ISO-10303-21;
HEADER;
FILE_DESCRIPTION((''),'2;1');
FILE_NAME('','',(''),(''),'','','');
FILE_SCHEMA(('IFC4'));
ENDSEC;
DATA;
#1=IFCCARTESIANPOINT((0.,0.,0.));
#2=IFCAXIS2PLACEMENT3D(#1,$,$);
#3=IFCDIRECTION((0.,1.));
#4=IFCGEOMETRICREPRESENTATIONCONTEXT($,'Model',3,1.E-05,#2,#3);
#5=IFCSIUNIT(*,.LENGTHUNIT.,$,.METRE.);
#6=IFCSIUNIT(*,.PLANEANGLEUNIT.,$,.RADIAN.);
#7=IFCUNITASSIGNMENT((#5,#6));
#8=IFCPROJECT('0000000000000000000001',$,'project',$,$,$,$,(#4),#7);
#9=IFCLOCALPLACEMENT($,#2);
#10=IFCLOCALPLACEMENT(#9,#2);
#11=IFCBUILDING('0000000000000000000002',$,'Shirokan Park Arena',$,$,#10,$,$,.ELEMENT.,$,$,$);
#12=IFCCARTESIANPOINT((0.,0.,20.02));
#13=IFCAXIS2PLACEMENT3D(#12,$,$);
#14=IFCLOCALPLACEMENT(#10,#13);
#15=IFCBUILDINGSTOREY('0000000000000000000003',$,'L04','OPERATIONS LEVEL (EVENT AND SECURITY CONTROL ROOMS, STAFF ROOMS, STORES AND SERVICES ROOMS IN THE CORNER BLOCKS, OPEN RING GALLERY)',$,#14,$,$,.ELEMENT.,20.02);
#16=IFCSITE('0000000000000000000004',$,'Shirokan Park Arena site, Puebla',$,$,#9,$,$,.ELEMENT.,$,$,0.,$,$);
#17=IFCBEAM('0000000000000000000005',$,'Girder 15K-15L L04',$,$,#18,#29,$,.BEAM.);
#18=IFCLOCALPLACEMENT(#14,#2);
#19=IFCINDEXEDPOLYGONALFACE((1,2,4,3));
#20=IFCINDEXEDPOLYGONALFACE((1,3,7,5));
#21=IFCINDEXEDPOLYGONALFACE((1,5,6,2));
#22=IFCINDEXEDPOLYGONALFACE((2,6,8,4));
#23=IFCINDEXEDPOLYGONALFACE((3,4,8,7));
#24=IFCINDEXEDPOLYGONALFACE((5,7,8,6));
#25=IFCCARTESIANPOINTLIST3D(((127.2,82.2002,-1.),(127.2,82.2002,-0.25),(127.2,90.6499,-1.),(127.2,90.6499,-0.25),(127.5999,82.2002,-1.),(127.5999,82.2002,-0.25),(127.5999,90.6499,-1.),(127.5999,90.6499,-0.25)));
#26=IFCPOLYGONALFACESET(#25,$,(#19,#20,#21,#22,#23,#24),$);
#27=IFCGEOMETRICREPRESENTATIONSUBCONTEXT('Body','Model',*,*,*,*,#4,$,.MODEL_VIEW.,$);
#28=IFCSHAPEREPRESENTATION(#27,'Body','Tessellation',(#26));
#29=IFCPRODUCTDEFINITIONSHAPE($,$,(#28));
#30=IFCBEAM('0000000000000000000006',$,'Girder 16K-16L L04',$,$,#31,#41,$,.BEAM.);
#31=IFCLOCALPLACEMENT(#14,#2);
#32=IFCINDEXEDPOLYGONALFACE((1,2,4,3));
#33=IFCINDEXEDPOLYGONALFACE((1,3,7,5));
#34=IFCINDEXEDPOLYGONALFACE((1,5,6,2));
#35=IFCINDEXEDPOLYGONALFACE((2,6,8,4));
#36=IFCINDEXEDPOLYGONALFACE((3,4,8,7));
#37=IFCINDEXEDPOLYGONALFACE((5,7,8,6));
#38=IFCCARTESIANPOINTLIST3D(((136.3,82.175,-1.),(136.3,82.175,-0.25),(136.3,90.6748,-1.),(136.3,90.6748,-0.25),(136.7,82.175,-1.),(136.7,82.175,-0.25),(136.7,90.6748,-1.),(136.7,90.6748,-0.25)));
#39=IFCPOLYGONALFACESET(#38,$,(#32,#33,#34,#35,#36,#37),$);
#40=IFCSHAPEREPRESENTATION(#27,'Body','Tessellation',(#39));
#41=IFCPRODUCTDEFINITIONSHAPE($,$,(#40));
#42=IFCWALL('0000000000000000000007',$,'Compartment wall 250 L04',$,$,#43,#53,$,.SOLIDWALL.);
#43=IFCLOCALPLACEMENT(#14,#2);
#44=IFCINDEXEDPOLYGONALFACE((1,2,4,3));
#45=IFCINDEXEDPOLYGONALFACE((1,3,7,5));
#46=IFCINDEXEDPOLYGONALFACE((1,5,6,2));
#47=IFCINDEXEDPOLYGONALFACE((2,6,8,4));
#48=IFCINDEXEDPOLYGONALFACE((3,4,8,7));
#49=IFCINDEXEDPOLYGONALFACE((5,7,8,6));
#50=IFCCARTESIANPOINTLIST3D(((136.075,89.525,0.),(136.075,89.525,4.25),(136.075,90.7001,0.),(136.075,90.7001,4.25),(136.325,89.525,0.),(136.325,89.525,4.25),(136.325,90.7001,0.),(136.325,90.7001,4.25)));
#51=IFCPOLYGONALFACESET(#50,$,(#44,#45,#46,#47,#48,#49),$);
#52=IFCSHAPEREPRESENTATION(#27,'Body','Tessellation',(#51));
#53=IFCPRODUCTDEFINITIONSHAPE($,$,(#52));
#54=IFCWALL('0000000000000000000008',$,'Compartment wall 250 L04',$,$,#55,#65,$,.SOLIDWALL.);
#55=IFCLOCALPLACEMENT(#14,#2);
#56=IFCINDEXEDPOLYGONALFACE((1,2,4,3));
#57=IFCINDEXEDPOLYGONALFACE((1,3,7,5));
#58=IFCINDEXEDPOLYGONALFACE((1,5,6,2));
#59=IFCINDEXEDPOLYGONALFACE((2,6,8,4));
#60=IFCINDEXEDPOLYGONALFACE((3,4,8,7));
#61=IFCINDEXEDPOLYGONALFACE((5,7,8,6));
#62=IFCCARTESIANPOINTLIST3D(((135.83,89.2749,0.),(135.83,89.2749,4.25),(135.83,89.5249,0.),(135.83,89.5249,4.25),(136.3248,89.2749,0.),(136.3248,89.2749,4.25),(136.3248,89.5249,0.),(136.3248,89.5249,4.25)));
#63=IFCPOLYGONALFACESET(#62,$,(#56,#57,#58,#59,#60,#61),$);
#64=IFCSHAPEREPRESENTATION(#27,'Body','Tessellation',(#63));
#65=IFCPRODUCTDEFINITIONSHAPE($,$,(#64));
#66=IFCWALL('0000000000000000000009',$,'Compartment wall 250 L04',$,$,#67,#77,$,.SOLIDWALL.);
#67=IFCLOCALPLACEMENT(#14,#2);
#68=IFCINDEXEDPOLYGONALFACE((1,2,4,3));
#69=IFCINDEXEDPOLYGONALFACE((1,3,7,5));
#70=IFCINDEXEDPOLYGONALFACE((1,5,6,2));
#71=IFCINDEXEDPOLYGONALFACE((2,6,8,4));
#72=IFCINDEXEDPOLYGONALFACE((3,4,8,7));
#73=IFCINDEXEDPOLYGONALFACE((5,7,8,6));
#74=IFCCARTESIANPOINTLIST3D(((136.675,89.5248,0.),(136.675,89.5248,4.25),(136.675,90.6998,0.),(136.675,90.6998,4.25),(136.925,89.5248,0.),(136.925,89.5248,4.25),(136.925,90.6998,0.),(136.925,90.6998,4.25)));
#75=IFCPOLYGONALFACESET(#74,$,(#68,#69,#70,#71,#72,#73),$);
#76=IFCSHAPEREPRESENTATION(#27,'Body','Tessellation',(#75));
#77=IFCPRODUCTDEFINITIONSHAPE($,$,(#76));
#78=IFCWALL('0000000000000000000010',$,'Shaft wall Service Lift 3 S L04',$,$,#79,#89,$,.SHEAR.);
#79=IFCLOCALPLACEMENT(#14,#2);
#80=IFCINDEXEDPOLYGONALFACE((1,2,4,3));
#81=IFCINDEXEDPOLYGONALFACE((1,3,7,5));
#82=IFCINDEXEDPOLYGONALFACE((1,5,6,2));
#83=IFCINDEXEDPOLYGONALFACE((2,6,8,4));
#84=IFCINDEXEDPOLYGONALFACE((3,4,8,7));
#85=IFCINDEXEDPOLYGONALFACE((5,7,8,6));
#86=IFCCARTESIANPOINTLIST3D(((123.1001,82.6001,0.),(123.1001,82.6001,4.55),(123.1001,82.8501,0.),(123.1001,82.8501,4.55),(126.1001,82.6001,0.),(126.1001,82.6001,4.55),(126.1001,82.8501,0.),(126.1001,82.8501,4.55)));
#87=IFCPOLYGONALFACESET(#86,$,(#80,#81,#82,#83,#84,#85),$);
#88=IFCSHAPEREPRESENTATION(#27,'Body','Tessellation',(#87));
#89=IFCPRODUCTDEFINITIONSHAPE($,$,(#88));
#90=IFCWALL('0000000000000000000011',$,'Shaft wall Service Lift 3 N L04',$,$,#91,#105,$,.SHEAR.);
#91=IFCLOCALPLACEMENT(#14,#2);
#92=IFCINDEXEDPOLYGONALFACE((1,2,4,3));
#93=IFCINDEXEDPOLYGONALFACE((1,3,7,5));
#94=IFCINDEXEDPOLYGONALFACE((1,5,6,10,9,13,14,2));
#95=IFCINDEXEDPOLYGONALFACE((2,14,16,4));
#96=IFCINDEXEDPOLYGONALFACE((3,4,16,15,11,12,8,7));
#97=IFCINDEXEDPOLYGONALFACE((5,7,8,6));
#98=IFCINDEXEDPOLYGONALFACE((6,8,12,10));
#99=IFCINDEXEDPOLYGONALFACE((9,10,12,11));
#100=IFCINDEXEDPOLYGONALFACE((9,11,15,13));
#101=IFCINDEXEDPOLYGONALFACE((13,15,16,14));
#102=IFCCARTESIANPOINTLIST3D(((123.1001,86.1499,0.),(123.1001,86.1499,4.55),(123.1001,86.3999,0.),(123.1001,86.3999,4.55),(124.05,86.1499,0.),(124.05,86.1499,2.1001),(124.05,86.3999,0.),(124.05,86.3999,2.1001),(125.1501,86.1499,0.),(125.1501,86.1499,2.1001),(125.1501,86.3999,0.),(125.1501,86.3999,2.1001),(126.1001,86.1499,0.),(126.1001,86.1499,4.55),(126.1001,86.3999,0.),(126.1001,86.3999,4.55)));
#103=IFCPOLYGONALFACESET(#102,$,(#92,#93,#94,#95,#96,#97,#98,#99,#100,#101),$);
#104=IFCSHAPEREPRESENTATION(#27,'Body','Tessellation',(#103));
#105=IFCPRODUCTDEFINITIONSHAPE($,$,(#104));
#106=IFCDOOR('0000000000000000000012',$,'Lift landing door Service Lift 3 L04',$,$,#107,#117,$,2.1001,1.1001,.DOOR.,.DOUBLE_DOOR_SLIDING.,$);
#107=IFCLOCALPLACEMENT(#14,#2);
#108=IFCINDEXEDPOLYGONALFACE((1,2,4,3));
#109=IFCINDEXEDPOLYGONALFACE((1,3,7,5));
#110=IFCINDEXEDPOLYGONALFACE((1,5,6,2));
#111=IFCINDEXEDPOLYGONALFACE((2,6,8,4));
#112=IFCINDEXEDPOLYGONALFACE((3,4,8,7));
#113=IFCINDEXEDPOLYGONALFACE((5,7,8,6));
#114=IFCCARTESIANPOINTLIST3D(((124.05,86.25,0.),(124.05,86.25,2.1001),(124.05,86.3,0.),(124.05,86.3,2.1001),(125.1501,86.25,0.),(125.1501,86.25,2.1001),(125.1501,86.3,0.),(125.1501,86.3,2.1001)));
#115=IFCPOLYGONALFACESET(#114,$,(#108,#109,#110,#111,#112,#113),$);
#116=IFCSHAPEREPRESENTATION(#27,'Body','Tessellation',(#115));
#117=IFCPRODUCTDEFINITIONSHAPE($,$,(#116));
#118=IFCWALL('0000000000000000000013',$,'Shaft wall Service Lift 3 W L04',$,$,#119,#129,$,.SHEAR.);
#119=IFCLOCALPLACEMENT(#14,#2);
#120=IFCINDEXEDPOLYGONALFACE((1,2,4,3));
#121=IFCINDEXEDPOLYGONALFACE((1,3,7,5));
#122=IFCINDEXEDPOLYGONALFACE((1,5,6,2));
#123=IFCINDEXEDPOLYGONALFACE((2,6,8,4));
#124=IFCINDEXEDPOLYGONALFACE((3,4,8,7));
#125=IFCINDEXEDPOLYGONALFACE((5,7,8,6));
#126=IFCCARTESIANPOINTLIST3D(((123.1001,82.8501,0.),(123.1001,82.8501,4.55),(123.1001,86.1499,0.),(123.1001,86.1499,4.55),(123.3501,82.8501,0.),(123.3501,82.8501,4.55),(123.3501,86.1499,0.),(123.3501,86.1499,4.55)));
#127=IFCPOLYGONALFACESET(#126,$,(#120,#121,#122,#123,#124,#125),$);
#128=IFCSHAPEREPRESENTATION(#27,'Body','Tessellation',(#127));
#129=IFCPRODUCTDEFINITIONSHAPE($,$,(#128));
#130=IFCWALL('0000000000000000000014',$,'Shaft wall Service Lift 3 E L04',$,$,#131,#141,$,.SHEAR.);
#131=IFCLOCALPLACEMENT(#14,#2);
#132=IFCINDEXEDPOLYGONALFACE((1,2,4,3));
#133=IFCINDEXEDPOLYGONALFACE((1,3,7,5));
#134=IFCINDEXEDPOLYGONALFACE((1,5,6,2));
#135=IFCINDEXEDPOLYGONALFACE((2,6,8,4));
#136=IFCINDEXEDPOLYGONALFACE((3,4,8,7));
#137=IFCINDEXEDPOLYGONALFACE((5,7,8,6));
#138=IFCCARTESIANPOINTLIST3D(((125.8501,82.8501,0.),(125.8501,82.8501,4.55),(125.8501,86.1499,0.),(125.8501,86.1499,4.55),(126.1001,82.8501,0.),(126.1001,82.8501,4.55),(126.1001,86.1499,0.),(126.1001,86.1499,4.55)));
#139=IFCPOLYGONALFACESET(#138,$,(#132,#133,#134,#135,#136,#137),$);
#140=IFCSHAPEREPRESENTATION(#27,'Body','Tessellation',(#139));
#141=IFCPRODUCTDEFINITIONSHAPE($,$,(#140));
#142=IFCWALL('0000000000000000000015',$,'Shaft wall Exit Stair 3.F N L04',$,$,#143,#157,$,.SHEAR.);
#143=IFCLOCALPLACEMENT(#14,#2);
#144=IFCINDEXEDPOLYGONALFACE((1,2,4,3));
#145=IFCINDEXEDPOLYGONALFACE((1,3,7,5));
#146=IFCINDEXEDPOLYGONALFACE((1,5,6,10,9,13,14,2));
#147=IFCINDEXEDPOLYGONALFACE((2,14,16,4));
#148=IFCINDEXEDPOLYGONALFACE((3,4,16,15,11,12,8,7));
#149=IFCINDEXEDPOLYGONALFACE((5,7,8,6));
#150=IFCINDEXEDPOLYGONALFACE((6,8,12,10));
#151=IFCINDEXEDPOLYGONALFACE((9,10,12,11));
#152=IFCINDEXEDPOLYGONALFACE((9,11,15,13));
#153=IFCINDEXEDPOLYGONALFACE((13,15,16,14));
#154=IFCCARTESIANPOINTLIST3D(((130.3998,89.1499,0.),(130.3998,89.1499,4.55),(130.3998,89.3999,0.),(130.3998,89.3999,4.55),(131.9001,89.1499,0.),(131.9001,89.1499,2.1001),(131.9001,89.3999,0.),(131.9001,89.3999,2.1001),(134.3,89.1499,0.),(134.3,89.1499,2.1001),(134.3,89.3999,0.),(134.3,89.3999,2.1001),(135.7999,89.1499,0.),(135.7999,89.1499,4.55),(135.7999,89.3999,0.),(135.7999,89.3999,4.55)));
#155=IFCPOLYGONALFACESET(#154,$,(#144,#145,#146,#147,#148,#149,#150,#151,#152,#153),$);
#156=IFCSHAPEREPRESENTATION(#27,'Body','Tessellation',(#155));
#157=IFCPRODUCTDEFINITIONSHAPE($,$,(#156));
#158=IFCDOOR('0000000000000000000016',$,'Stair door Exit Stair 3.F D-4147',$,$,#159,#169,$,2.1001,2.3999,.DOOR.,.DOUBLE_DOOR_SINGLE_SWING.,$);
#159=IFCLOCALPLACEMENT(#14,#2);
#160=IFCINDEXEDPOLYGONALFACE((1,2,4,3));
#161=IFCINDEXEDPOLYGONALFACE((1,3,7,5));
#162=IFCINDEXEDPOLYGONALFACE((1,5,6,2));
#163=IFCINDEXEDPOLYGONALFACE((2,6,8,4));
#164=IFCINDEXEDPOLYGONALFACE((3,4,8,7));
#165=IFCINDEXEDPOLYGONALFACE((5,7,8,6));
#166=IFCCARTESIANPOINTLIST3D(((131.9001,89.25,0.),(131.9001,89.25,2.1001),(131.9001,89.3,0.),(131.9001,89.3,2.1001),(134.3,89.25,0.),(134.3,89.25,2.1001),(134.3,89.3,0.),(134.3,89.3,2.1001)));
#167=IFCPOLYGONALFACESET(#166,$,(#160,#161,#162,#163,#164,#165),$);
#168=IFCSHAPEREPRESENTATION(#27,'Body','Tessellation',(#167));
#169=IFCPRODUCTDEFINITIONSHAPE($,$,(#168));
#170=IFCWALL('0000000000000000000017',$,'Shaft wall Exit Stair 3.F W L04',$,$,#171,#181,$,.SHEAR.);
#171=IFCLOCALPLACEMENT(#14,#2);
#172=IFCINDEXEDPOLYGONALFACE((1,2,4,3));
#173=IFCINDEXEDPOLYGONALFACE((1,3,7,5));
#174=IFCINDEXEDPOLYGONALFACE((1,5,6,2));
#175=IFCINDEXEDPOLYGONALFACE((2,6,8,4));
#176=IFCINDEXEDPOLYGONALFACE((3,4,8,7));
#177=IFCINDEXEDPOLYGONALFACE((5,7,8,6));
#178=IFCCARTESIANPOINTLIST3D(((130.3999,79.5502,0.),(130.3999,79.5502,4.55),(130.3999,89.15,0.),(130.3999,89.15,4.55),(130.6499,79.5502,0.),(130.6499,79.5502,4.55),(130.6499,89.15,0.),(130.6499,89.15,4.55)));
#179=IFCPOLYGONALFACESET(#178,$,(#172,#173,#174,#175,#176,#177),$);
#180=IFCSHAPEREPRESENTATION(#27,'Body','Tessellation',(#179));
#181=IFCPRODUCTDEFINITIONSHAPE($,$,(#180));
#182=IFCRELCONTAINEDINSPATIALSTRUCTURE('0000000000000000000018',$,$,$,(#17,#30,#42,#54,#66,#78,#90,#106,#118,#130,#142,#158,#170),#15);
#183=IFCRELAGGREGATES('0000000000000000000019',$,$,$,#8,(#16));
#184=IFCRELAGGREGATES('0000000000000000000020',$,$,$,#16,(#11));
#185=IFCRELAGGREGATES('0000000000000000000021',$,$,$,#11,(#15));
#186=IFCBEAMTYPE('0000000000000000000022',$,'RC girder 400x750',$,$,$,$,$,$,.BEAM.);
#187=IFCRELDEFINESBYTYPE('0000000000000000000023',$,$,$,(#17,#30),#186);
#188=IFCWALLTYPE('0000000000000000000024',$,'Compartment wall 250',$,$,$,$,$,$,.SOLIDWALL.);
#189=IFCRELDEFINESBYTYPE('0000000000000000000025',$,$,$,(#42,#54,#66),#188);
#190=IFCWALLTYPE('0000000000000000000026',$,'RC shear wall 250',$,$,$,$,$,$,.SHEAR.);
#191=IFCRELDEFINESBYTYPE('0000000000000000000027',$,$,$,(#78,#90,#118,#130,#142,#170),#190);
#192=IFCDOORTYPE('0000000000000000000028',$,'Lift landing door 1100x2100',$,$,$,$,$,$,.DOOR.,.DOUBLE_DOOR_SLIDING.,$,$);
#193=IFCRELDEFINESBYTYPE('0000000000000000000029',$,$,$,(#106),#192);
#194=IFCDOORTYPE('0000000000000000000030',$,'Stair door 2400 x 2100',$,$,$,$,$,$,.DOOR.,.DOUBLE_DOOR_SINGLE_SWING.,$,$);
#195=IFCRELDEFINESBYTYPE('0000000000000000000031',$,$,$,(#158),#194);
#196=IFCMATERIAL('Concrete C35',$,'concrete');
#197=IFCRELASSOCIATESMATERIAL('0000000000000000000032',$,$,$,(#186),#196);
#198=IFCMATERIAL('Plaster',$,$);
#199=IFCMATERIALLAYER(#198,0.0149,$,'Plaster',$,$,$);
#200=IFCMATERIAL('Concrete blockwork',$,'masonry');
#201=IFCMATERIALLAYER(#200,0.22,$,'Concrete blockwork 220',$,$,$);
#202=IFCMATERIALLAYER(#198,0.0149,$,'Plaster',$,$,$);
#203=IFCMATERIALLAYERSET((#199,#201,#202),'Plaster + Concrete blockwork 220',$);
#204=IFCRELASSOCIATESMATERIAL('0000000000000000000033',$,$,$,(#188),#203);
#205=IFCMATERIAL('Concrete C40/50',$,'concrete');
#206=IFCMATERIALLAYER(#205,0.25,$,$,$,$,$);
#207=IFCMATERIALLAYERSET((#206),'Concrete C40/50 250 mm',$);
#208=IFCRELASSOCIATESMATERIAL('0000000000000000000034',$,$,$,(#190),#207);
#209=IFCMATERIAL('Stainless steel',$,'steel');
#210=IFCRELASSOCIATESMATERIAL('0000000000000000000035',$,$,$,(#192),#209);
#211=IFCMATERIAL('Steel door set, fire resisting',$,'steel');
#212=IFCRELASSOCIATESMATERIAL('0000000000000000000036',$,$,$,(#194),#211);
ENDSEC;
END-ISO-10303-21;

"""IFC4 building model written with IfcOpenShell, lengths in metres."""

from ifc_helpers import new_model, si_unit, direction, frame, frame_2d, origin, origin_2d, place, context, subcontext, project, spatial, rectangle, extrude, material, layer, layer_set, material_profile, profile_set, type_object, element, fill, save


model = new_model("IFC4")

# Units and contexts
model_context = context("Model", 3, precision=1e-05, world=origin(), true_north=direction((0.0, 1.0)))
body_context = subcontext(model_context, "Body", "Model", "MODEL_VIEW")
ifc_project = project(units=[si_unit("LENGTHUNIT", "METRE"), si_unit("PLANEANGLEUNIT", "RADIAN")], contexts=[model_context])

# Site, building, storey
site_placement = place(None, origin())
site = spatial("IfcSite", under=ifc_project, at=site_placement, Name="Shirokan Park Arena site, Puebla", CompositionType="ELEMENT", RefElevation=0.0)
building_placement = place(site_placement, origin())
building = spatial("IfcBuilding", under=site, at=building_placement, Name="Shirokan Park Arena", CompositionType="ELEMENT")
storey_placement = place(building_placement, frame((0.0, 0.0, 20.02)))
storey = spatial("IfcBuildingStorey", under=building, at=storey_placement, Name="L04", Description="OPERATIONS LEVEL (EVENT AND SECURITY CONTROL ROOMS, STAFF ROOMS, STORES AND SERVICES ROOMS IN THE CORNER BLOCKS, OPEN RING GALLERY)", CompositionType="ELEMENT", Elevation=20.02)

# Beams
ifc_material_1 = material(Name="Concrete C35", Category="concrete")
ifc_material_profile = material_profile(ifc_material_1, rectangle(XDim=0.3999, YDim=0.75, at=origin_2d()), Name="400x750")
ifc_profile_set = profile_set([ifc_material_profile], Name="Concrete C35")
beam_type = type_object("IfcBeamType", Name="RC girder 400x750", PredefinedType="BEAM", material=ifc_profile_set)
beam_1_placement = place(storey_placement, frame((127.3999, 82.2002, -0.625), z_axis=(0.0, 1.0, 0.0), x_axis=(-1.0, 0.0, 0.0)))
element("IfcBeam", 1, at=beam_1_placement, inside=storey, type_object=beam_type, Name="Girder 15K-15L L04", PredefinedType="BEAM", context=body_context, shape_type="SweptSolid", body=[
    extrude(rectangle(XDim=0.3999, YDim=0.75, at=origin_2d()), origin(), (0.0, 0.0, 1.0), 8.4497),
])
beam_2_placement = place(storey_placement, frame((136.5, 82.175, -0.625), z_axis=(0.0, 1.0, 0.0), x_axis=(-1.0, 0.0, 0.0)))
element("IfcBeam", 2, at=beam_2_placement, inside=storey, type_object=beam_type, Name="Girder 16K-16L L04", PredefinedType="BEAM", context=body_context, shape_type="SweptSolid", body=[
    extrude(rectangle(XDim=0.3999, YDim=0.75, at=origin_2d()), origin(), (0.0, 0.0, 1.0), 8.4998),
])

# Walls
ifc_material_2 = material(Name="Plaster")
ifc_layer_1 = layer(ifc_material_2, 0.0149, Name="Plaster")
ifc_material_3 = material(Name="Concrete blockwork", Category="masonry")
ifc_layer_2 = layer(ifc_material_3, 0.22, Name="Concrete blockwork 220")
ifc_layer_3 = layer(ifc_material_2, 0.0149, Name="Plaster")
ifc_layer_set_1 = layer_set([ifc_layer_1, ifc_layer_2, ifc_layer_3], Name="Plaster + Concrete blockwork 220")
wall_type_1 = type_object("IfcWallType", Name="Compartment wall 250", PredefinedType="SOLIDWALL", material=ifc_layer_set_1)
wall_1_placement = place(storey_placement, frame((136.2, 90.7, 0.0), z_axis=(0.0, 0.0, 1.0), x_axis=(0.0, -1.0, 0.0)))
element("IfcWall", 3, at=wall_1_placement, inside=storey, type_object=wall_type_1, Name="Compartment wall 250 L04", PredefinedType="SOLIDWALL", context=body_context, shape_type="SweptSolid", body=[
    extrude(rectangle(XDim=1.175, YDim=0.25, at=frame_2d((0.5874, 0.0))), origin(), (0.0, 0.0, 1.0), 4.25),
])
wall_2_placement = place(storey_placement, frame((136.325, 89.3999, 0.0), z_axis=(0.0, 0.0, 1.0), x_axis=(-1.0, 0.0, 0.0)))
element("IfcWall", 4, at=wall_2_placement, inside=storey, type_object=wall_type_1, Name="Compartment wall 250 L04", PredefinedType="SOLIDWALL", context=body_context, shape_type="SweptSolid", body=[
    extrude(rectangle(XDim=0.4949, YDim=0.25, at=frame_2d((0.2476, 0.0))), origin(), (0.0, 0.0, 1.0), 4.25),
])
wall_3_placement = place(storey_placement, frame((136.8, 89.5249, 0.0), z_axis=(0.0, 0.0, 1.0), x_axis=(0.0, 1.0, 0.0)))
element("IfcWall", 5, at=wall_3_placement, inside=storey, type_object=wall_type_1, Name="Compartment wall 250 L04", PredefinedType="SOLIDWALL", context=body_context, shape_type="SweptSolid", body=[
    extrude(rectangle(XDim=1.175, YDim=0.25, at=frame_2d((0.5874, 0.0))), origin(), (0.0, 0.0, 1.0), 4.25),
])

# Wall
ifc_material_4 = material(Name="Concrete C40/50", Category="concrete")
ifc_layer_4 = layer(ifc_material_4, 0.25)
ifc_layer_set_2 = layer_set([ifc_layer_4], Name="Concrete C40/50 250 mm")
wall_type_2 = type_object("IfcWallType", Name="RC shear wall 250", PredefinedType="SHEAR", material=ifc_layer_set_2)
wall_4_placement = place(storey_placement, frame((126.1001, 82.7251, 0.0), z_axis=(0.0, 0.0, 1.0), x_axis=(-1.0, 0.0, 0.0)))
element("IfcWall", 6, at=wall_4_placement, inside=storey, type_object=wall_type_2, Name="Shaft wall Service Lift 3 S L04", PredefinedType="SHEAR", context=body_context, shape_type="SweptSolid", body=[
    extrude(rectangle(XDim=3.0, YDim=0.25, at=frame_2d((1.5, 0.0))), origin(), (0.0, 0.0, 1.0), 4.55),
])

# Wall, opening, door
wall_5_placement = place(storey_placement, frame((126.1001, 86.2749, 0.0), z_axis=(0.0, 0.0, 1.0), x_axis=(-1.0, 0.0, 0.0)))
wall_5 = element("IfcWall", 7, at=wall_5_placement, inside=storey, type_object=wall_type_2, Name="Shaft wall Service Lift 3 N L04", PredefinedType="SHEAR", context=body_context, shape_type="SweptSolid", body=[
    extrude(rectangle(XDim=3.0, YDim=0.25, at=frame_2d((1.5, 0.0))), origin(), (0.0, 0.0, 1.0), 4.55),
])
opening_1_placement = place(wall_5_placement, frame((0.95, 0.0, 0.0)))
opening_1 = element("IfcOpeningElement", 8, at=opening_1_placement, cuts=wall_5, PredefinedType="OPENING", context=body_context, shape_type="SweptSolid", body=[
    extrude(rectangle(XDim=1.1001, YDim=2.1001, at=frame_2d((0.55, 1.05))), frame((0.0, 0.135, 0.0), z_axis=(0.0, -1.0, 0.0), x_axis=(1.0, 0.0, 0.0)), (0.0, 0.0, 1.0), 0.27),
])
ifc_material_5 = material(Name="Stainless steel", Category="steel")
door_type_1 = type_object("IfcDoorType", Name="Lift landing door 1100x2100", OperationType="DOUBLE_DOOR_SLIDING", PredefinedType="DOOR", material=ifc_material_5)
door_1_placement = place(opening_1_placement, origin())
door_1 = element("IfcDoor", 9, at=door_1_placement, inside=storey, type_object=door_type_1, Name="Lift landing door Service Lift 3 L04", OperationType="DOUBLE_DOOR_SLIDING", OverallHeight=2.1001, OverallWidth=1.1001, PredefinedType="DOOR", context=body_context, shape_type="SweptSolid", body=[
    extrude(rectangle(XDim=1.1001, YDim=2.1001, at=frame_2d((0.55, 1.05))), frame((0.0, 0.0249, 0.0), z_axis=(0.0, -1.0, 0.0), x_axis=(1.0, 0.0, 0.0)), (0.0, 0.0, 1.0), 0.05),
])
fill(opening_1, door_1)

# Walls
for number, where, z_axis, x_axis, name in (
    (10, (123.2251, 86.1499, 0.0), (0.0, 0.0, 1.0), (0.0, -1.0, 0.0), "Shaft wall Service Lift 3 W L04"),
    (11, (125.9751, 86.1499, 0.0), (0.0, 0.0, 1.0), (0.0, -1.0, 0.0), "Shaft wall Service Lift 3 E L04"),
):
    element("IfcWall", number, at=place(storey_placement, frame(where, z_axis=z_axis, x_axis=x_axis)), inside=storey, type_object=wall_type_2, Name=name, PredefinedType="SHEAR", context=body_context, shape_type="SweptSolid", body=[
        extrude(rectangle(XDim=3.2998, YDim=0.25, at=frame_2d((1.6499, 0.0))), origin(), (0.0, 0.0, 1.0), 4.55),
    ])

# Wall, opening, door
wall_6_placement = place(storey_placement, frame((135.8, 89.2749, 0.0), z_axis=(0.0, 0.0, 1.0), x_axis=(-1.0, 0.0, 0.0)))
wall_6 = element("IfcWall", 12, at=wall_6_placement, inside=storey, type_object=wall_type_2, Name="Shaft wall Exit Stair 3.F N L04", PredefinedType="SHEAR", context=body_context, shape_type="SweptSolid", body=[
    extrude(rectangle(XDim=5.4001, YDim=0.25, at=frame_2d((2.7002, 0.0))), origin(), (0.0, 0.0, 1.0), 4.55),
])
opening_2_placement = place(wall_6_placement, frame((1.5, 0.0, 0.0)))
opening_2 = element("IfcOpeningElement", 13, at=opening_2_placement, cuts=wall_6, PredefinedType="OPENING", context=body_context, shape_type="SweptSolid", body=[
    extrude(rectangle(XDim=2.3999, YDim=2.1001, at=frame_2d((1.2, 1.05))), frame((0.0, 0.135, 0.0), z_axis=(0.0, -1.0, 0.0), x_axis=(1.0, 0.0, 0.0)), (0.0, 0.0, 1.0), 0.27),
])
ifc_material_6 = material(Name="Steel door set, fire resisting", Category="steel")
door_type_2 = type_object("IfcDoorType", Name="Stair door 2400 x 2100", OperationType="DOUBLE_DOOR_SINGLE_SWING", PredefinedType="DOOR", material=ifc_material_6)
door_2_placement = place(opening_2_placement, origin())
door_2 = element("IfcDoor", 14, at=door_2_placement, inside=storey, type_object=door_type_2, Name="Stair door Exit Stair 3.F D-4147", OperationType="DOUBLE_DOOR_SINGLE_SWING", OverallHeight=2.1001, OverallWidth=2.3999, PredefinedType="DOOR", context=body_context, shape_type="SweptSolid", body=[
    extrude(rectangle(XDim=2.3999, YDim=2.1001, at=frame_2d((1.2, 1.05))), frame((0.0, 0.0249, 0.0), z_axis=(0.0, -1.0, 0.0), x_axis=(1.0, 0.0, 0.0)), (0.0, 0.0, 1.0), 0.05),
])
fill(opening_2, door_2)

# Wall
for number, where, z_axis, x_axis, name in (
    (15, (130.5249, 89.1499, 0.0), (0.0, 0.0, 1.0), (0.0, -1.0, 0.0), "Shaft wall Exit Stair 3.F W L04"),
):
    element("IfcWall", number, at=place(storey_placement, frame(where, z_axis=z_axis, x_axis=x_axis)), inside=storey, type_object=wall_type_2, Name=name, PredefinedType="SHEAR", context=body_context, shape_type="SweptSolid", body=[
        extrude(rectangle(XDim=9.5999, YDim=0.25, at=frame_2d((4.7998, 0.0))), origin(), (0.0, 0.0, 1.0), 4.55),
    ])

save(model, "model.ifc")
